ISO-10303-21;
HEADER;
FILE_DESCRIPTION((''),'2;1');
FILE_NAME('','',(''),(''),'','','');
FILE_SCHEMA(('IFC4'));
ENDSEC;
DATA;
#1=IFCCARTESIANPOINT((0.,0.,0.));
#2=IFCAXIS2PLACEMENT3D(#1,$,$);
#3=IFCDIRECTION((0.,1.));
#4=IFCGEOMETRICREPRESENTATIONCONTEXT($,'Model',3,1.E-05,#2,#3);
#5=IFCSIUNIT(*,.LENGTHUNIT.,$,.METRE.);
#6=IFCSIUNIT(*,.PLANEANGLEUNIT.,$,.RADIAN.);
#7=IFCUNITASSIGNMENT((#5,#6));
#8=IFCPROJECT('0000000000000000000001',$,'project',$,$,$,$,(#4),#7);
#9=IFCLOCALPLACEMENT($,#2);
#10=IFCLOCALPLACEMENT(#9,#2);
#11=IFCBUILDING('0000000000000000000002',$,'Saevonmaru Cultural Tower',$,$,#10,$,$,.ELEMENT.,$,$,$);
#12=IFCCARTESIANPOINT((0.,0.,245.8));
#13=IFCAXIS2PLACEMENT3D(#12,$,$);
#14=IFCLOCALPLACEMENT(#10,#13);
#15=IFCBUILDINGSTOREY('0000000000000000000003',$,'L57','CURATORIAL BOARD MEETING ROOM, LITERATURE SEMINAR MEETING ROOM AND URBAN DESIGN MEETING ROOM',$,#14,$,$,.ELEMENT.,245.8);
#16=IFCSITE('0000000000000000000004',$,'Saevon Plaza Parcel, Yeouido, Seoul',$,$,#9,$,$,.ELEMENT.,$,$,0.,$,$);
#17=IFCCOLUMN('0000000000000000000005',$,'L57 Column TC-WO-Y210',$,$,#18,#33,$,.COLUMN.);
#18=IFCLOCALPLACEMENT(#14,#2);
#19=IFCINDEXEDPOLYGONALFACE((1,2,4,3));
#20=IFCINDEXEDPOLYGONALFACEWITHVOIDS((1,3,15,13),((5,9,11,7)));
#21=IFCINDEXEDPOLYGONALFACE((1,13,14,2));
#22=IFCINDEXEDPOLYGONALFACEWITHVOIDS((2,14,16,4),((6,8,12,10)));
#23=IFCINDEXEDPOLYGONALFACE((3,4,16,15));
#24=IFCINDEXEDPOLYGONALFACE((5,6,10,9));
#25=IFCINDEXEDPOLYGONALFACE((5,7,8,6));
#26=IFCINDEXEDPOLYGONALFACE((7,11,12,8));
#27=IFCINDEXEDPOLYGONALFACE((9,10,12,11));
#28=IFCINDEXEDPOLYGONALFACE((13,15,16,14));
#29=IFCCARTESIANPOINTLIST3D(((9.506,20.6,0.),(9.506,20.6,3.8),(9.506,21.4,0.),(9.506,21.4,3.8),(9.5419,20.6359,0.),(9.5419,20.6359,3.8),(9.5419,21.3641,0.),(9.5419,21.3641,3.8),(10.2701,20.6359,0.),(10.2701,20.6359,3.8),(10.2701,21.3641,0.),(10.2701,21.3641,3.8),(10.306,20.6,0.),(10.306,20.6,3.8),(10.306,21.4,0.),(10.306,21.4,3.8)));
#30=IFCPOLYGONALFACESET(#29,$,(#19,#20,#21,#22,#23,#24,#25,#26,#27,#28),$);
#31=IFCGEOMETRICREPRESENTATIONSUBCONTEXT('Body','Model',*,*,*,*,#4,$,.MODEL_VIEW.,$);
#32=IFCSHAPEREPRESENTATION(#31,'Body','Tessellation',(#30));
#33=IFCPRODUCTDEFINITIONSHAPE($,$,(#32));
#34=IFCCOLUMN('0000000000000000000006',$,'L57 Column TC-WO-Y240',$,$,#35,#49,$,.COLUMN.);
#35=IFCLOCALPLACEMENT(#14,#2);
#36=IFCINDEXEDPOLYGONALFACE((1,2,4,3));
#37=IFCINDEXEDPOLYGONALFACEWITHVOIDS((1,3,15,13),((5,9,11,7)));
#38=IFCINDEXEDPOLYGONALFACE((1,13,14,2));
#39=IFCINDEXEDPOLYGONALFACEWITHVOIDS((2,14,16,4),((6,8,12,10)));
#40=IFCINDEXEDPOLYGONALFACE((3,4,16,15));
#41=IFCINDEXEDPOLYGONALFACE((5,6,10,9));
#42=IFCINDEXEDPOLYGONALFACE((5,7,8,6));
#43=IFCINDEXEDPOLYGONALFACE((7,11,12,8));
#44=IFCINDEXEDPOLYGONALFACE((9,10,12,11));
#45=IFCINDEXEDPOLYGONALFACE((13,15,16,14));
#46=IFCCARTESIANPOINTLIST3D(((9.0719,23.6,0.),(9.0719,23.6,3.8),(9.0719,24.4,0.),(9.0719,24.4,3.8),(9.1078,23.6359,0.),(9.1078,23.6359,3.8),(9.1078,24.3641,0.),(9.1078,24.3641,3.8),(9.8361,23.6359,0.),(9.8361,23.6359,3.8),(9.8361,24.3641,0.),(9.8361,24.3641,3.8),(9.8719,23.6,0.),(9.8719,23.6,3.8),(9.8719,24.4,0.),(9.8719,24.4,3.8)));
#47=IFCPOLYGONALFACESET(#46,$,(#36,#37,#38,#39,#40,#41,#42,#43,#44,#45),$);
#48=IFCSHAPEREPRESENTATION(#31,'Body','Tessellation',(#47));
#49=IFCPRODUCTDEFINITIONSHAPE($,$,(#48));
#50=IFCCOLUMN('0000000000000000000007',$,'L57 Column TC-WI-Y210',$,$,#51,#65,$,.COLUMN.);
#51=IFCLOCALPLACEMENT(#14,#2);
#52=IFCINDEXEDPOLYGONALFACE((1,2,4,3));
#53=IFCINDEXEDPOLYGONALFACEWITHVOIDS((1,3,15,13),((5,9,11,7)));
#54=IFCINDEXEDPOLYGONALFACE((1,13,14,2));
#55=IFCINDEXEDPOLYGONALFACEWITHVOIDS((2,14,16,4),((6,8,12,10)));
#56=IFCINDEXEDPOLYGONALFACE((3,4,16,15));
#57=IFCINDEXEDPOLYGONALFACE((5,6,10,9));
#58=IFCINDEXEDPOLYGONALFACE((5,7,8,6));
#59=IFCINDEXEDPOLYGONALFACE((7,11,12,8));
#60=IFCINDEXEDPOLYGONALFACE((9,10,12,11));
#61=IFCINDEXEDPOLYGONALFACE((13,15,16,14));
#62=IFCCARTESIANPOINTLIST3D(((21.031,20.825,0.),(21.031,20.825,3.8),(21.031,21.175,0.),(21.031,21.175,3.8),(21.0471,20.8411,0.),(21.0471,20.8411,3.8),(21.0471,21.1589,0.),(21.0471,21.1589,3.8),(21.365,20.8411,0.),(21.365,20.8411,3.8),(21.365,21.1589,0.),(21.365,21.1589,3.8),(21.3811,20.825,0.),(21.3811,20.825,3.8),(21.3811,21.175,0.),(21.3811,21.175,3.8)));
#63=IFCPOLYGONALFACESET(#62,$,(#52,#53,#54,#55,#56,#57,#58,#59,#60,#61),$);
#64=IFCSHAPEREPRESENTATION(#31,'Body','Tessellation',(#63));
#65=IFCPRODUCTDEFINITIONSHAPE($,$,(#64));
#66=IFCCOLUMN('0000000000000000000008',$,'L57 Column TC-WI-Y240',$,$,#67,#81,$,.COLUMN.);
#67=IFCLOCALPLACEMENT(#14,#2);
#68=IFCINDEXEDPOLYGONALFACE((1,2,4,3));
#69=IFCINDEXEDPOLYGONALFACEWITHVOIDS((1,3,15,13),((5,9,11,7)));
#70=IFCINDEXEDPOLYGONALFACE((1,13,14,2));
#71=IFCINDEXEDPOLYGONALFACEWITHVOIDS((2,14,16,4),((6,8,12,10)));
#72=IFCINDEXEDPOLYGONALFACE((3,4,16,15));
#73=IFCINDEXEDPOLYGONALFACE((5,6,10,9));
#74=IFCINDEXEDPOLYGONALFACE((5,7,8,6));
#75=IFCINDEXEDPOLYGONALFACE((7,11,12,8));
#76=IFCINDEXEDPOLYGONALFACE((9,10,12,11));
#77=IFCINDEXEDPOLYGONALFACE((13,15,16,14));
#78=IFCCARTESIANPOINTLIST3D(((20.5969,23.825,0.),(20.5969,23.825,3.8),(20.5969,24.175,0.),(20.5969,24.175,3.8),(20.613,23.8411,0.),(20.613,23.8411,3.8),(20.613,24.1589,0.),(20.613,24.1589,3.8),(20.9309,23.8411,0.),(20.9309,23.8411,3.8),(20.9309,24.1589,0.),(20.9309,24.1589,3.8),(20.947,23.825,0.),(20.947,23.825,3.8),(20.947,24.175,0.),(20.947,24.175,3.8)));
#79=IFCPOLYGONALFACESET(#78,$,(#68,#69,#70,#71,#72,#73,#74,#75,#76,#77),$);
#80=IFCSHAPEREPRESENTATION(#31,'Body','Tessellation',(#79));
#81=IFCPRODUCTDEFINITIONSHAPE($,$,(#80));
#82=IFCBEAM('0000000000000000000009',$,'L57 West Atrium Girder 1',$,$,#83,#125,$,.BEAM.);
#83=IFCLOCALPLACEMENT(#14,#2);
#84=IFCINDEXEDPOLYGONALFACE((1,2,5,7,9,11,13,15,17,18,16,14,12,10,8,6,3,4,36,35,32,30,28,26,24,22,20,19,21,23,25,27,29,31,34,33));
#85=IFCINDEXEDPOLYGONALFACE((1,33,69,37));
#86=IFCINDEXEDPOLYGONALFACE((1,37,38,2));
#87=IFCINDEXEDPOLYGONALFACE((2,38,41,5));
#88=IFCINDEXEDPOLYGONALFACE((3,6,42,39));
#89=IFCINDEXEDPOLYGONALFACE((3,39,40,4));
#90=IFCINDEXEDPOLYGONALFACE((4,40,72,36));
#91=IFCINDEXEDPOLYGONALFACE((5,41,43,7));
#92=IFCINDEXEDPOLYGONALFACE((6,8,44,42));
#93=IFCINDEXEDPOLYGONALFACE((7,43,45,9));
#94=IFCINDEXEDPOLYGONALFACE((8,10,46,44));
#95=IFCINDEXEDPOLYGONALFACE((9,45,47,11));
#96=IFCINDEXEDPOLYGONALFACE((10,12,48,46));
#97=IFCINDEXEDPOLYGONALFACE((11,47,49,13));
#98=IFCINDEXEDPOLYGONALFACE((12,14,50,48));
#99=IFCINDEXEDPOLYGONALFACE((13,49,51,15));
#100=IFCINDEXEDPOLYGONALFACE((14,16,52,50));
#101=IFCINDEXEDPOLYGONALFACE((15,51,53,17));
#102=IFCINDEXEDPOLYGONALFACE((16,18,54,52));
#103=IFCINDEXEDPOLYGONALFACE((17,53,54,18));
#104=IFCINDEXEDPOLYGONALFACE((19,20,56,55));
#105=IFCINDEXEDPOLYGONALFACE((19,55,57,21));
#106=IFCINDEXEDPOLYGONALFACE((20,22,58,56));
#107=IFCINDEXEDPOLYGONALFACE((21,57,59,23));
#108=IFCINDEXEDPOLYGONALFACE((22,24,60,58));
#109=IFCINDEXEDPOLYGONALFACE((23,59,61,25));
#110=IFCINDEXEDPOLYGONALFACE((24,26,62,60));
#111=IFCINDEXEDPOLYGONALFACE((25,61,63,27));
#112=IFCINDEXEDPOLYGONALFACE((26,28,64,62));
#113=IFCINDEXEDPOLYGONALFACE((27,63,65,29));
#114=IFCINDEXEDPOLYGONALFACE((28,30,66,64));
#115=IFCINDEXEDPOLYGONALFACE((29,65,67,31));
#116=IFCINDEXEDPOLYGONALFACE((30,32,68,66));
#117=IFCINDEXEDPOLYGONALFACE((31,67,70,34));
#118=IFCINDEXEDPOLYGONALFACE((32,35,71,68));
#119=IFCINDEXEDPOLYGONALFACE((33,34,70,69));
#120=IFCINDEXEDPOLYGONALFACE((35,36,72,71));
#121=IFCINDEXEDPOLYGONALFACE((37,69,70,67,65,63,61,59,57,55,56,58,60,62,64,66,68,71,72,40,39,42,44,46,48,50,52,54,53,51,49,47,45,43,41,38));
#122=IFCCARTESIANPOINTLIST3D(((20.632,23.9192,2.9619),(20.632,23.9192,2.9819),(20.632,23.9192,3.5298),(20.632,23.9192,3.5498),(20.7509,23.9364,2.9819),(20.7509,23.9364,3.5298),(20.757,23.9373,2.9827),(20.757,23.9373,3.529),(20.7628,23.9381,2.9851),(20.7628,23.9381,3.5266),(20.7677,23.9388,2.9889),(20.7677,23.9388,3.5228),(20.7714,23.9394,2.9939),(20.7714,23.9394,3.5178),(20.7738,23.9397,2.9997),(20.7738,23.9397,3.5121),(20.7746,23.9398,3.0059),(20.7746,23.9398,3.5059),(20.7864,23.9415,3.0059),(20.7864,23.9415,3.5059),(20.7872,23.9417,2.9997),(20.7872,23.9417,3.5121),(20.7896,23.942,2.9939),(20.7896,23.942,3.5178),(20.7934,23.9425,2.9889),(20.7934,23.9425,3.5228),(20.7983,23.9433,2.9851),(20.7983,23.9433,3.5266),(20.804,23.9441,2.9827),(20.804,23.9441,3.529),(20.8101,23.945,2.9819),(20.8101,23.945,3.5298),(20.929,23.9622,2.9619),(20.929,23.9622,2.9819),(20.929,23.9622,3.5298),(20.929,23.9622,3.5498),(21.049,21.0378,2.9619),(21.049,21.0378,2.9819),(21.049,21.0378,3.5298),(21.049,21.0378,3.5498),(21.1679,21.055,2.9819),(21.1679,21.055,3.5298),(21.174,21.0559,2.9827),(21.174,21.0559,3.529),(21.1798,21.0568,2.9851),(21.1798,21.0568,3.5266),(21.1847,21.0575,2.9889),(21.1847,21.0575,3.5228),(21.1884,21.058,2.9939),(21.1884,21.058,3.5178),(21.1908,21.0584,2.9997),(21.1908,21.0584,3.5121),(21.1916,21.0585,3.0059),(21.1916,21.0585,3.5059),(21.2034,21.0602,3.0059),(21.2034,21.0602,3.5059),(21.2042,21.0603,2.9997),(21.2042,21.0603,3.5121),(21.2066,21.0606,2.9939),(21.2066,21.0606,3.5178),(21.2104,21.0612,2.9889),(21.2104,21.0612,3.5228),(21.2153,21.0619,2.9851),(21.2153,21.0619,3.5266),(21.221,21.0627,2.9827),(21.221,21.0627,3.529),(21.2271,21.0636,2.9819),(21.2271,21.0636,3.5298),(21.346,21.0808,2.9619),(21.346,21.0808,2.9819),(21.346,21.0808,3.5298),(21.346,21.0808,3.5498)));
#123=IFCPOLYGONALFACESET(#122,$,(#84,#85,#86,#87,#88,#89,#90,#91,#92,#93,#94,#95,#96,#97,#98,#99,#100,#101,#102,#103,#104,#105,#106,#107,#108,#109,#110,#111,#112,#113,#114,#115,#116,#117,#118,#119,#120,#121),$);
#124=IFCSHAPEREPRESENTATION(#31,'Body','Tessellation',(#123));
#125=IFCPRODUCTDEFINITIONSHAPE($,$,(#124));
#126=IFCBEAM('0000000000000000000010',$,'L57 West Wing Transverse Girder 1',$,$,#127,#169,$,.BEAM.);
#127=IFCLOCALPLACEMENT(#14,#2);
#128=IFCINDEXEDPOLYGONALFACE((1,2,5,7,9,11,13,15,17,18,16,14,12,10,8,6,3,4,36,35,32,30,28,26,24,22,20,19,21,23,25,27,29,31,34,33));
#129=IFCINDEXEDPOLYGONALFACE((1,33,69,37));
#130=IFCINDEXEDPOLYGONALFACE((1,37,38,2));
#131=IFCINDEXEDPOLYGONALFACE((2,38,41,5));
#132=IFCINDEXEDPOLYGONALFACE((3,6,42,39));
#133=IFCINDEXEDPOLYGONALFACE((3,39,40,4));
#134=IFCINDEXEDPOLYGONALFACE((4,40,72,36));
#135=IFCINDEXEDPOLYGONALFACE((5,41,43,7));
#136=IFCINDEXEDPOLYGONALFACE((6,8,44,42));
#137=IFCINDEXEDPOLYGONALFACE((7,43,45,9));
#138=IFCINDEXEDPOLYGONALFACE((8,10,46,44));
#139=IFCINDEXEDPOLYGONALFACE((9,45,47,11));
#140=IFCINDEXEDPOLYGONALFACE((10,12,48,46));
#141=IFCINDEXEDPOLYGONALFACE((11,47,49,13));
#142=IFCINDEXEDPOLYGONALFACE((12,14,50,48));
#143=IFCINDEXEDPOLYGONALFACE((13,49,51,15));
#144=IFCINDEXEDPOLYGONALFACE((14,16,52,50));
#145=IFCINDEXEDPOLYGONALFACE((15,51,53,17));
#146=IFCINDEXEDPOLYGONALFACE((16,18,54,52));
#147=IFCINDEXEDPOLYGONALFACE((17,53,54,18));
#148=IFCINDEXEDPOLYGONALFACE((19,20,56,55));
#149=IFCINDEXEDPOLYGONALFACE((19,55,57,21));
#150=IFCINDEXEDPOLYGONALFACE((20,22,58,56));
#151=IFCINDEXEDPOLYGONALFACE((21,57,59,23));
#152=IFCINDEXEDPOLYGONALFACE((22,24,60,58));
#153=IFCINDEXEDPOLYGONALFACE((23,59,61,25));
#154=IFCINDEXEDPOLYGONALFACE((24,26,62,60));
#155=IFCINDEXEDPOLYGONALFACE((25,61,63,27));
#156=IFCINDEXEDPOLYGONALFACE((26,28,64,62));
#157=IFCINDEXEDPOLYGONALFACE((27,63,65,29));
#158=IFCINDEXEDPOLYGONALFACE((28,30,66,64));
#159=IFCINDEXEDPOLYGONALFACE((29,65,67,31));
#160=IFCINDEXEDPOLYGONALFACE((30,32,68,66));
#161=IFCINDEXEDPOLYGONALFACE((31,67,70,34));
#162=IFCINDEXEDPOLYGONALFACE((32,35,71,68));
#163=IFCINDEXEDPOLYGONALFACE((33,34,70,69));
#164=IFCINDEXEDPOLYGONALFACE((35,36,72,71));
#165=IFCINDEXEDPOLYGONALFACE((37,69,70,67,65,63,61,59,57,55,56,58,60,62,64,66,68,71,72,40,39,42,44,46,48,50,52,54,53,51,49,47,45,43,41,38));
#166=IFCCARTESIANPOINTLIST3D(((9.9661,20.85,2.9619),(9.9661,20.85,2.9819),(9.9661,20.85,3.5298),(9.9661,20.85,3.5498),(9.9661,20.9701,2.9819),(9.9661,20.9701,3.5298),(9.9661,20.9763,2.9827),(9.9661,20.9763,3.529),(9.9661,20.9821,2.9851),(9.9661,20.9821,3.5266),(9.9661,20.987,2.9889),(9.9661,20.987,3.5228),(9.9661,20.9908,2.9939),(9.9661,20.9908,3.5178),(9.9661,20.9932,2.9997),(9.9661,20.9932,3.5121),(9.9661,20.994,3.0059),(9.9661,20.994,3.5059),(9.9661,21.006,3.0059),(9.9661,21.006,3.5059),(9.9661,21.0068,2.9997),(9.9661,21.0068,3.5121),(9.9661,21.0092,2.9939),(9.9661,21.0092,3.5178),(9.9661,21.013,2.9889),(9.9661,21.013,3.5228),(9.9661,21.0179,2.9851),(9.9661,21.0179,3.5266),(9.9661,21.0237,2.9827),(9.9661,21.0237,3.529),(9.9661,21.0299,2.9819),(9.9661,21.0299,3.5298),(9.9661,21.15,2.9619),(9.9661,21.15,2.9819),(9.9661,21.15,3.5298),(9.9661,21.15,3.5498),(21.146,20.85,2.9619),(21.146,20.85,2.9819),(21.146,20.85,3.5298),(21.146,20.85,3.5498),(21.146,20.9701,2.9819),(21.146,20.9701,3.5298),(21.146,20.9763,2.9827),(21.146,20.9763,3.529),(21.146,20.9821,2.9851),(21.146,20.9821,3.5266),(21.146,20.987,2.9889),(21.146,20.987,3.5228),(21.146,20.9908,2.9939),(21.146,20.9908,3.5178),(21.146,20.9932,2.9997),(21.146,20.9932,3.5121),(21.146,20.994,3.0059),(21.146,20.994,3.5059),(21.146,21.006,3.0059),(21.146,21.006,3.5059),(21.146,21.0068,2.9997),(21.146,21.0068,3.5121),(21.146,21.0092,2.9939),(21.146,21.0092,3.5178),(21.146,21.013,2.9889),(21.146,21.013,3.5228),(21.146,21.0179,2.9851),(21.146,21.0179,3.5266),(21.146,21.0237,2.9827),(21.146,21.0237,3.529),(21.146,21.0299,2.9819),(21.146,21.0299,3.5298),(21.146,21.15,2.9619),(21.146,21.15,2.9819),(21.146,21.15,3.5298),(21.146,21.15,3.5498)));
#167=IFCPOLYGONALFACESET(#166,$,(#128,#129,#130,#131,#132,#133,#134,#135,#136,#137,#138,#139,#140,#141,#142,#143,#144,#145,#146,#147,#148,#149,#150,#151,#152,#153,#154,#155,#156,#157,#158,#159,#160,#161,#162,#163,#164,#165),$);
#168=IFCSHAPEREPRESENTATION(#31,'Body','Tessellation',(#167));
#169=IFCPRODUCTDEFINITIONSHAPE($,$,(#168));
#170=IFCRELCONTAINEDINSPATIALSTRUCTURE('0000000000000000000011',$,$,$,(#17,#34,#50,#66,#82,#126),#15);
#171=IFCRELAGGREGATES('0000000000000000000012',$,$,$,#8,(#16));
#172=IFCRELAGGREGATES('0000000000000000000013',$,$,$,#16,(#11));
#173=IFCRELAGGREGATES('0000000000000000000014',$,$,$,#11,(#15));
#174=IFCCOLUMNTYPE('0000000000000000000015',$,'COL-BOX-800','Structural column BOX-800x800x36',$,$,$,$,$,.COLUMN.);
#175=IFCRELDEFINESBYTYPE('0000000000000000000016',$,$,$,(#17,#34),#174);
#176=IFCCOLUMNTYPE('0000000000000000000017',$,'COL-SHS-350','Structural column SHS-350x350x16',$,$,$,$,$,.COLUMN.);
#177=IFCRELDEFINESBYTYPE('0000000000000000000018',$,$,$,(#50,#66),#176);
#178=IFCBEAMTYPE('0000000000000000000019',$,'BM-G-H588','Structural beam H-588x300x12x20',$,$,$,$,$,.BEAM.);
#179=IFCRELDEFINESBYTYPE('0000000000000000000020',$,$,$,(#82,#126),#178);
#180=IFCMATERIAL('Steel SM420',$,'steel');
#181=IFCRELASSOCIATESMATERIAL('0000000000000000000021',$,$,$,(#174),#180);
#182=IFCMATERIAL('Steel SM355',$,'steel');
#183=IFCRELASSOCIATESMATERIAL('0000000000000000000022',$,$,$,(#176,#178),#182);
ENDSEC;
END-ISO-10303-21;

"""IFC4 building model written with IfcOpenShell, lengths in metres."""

from ifc_helpers import new_model, si_unit, direction, frame, origin, origin_2d, place, context, subcontext, project, spatial, hollow_rectangle, i_section, extrude, material, material_profile, profile_set, type_object, element, save


model = new_model("IFC4")

# Units and contexts
model_context = context("Model", 3, precision=1e-05, world=origin(), true_north=direction((0.0, 1.0)))
body_context = subcontext(model_context, "Body", "Model", "MODEL_VIEW")
ifc_project = project(units=[si_unit("LENGTHUNIT", "METRE"), si_unit("PLANEANGLEUNIT", "RADIAN")], contexts=[model_context])

# Site, building, storey
site_placement = place(None, origin())
site = spatial("IfcSite", under=ifc_project, at=site_placement, Name="Saevon Plaza Parcel, Yeouido, Seoul", CompositionType="ELEMENT", RefElevation=0.0)
building_placement = place(site_placement, origin())
building = spatial("IfcBuilding", under=site, at=building_placement, Name="Saevonmaru Cultural Tower", CompositionType="ELEMENT")
storey_placement = place(building_placement, frame((0.0, 0.0, 245.8)))
storey = spatial("IfcBuildingStorey", under=building, at=storey_placement, Name="L57", Description="CURATORIAL BOARD MEETING ROOM, LITERATURE SEMINAR MEETING ROOM AND URBAN DESIGN MEETING ROOM", CompositionType="ELEMENT", Elevation=245.8)

# Columns
ifc_material_1 = material(Name="Steel SM420", Category="steel")
ifc_material_profile_1 = material_profile(ifc_material_1, hollow_rectangle(XDim=0.8, YDim=0.8, WallThickness=0.0359, at=origin_2d()), Name="BOX-800x800x36")
ifc_profile_set_1 = profile_set([ifc_material_profile_1], Name="Steel SM420")
column_type_1 = type_object("IfcColumnType", Name="COL-BOX-800", Description="Structural column BOX-800x800x36", PredefinedType="COLUMN", material=ifc_profile_set_1)
for number, where, z_axis, x_axis, name in (
    (1, (9.906, 21.0, 0.0), (0.0, 0.0, 1.0), (1.0, 0.0, 0.0), "L57 Column TC-WO-Y210"),
    (2, (9.4719, 24.0, 0.0), (0.0, 0.0, 1.0), (1.0, 0.0, 0.0), "L57 Column TC-WO-Y240"),
):
    element("IfcColumn", number, at=place(storey_placement, frame(where, z_axis=z_axis, x_axis=x_axis)), inside=storey, type_object=column_type_1, Name=name, PredefinedType="COLUMN", context=body_context, shape_type="SweptSolid", body=[
        extrude(hollow_rectangle(XDim=0.8, YDim=0.8, WallThickness=0.0359, at=origin_2d()), origin(), (0.0, 0.0, 1.0), 3.8),
    ])
ifc_material_2 = material(Name="Steel SM355", Category="steel")
ifc_material_profile_2 = material_profile(ifc_material_2, hollow_rectangle(XDim=0.3501, YDim=0.3501, WallThickness=0.0161, at=origin_2d()), Name="SHS-350x350x16")
ifc_profile_set_2 = profile_set([ifc_material_profile_2], Name="Steel SM355")
column_type_2 = type_object("IfcColumnType", Name="COL-SHS-350", Description="Structural column SHS-350x350x16", PredefinedType="COLUMN", material=ifc_profile_set_2)
for number, where, z_axis, x_axis, name in (
    (3, (21.2061, 21.0, 0.0), (0.0, 0.0, 1.0), (1.0, 0.0, 0.0), "L57 Column TC-WI-Y210"),
    (4, (20.772, 24.0, 0.0), (0.0, 0.0, 1.0), (1.0, 0.0, 0.0), "L57 Column TC-WI-Y240"),
):
    element("IfcColumn", number, at=place(storey_placement, frame(where, z_axis=z_axis, x_axis=x_axis)), inside=storey, type_object=column_type_2, Name=name, PredefinedType="COLUMN", context=body_context, shape_type="SweptSolid", body=[
        extrude(hollow_rectangle(XDim=0.3501, YDim=0.3501, WallThickness=0.0161, at=origin_2d()), origin(), (0.0, 0.0, 1.0), 3.8),
    ])

# Beams
ifc_material_profile_3 = material_profile(ifc_material_2, i_section(OverallWidth=0.3, OverallDepth=0.5879, WebThickness=0.012, FlangeThickness=0.02, FilletRadius=0.0239, at=origin_2d()), Name="H-588x300x12x20")
ifc_profile_set_3 = profile_set([ifc_material_profile_3], Name="Steel SM355")
beam_type_1 = type_object("IfcBeamType", Name="BM-G-H588", Description="Structural beam H-588x300x12x20", PredefinedType="BEAM", material=ifc_profile_set_3)
beam_1_placement = place(storey_placement, frame((21.1975, 21.0593, 3.2559), z_axis=(-0.143229, 0.98969, 0.0), x_axis=(-0.98969, -0.143229, 0.0)))
element("IfcBeam", 5, at=beam_1_placement, inside=storey, type_object=beam_type_1, Name="L57 West Atrium Girder 1", PredefinedType="BEAM", context=body_context, shape_type="SweptSolid", body=[
    extrude(i_section(OverallWidth=0.3, OverallDepth=0.5879, WebThickness=0.012, FlangeThickness=0.02, FilletRadius=0.0239, at=origin_2d()), origin(), (0.0, 0.0, 1.0), 2.9114),
])
for number, where, z_axis, x_axis, name in (
    (6, (9.9661, 21.0, 3.2559), (1.0, 0.0, 0.0), (0.0, 1.0, 0.0), "L57 West Wing Transverse Girder 1"),
):
    element("IfcBeam", number, at=place(storey_placement, frame(where, z_axis=z_axis, x_axis=x_axis)), inside=storey, type_object=beam_type_1, Name=name, PredefinedType="BEAM", context=body_context, shape_type="SweptSolid", body=[
        extrude(i_section(OverallWidth=0.3, OverallDepth=0.5879, WebThickness=0.012, FlangeThickness=0.02, FilletRadius=0.0239, at=origin_2d()), origin(), (0.0, 0.0, 1.0), 11.1799),
    ])

save(model, "model.ifc")
